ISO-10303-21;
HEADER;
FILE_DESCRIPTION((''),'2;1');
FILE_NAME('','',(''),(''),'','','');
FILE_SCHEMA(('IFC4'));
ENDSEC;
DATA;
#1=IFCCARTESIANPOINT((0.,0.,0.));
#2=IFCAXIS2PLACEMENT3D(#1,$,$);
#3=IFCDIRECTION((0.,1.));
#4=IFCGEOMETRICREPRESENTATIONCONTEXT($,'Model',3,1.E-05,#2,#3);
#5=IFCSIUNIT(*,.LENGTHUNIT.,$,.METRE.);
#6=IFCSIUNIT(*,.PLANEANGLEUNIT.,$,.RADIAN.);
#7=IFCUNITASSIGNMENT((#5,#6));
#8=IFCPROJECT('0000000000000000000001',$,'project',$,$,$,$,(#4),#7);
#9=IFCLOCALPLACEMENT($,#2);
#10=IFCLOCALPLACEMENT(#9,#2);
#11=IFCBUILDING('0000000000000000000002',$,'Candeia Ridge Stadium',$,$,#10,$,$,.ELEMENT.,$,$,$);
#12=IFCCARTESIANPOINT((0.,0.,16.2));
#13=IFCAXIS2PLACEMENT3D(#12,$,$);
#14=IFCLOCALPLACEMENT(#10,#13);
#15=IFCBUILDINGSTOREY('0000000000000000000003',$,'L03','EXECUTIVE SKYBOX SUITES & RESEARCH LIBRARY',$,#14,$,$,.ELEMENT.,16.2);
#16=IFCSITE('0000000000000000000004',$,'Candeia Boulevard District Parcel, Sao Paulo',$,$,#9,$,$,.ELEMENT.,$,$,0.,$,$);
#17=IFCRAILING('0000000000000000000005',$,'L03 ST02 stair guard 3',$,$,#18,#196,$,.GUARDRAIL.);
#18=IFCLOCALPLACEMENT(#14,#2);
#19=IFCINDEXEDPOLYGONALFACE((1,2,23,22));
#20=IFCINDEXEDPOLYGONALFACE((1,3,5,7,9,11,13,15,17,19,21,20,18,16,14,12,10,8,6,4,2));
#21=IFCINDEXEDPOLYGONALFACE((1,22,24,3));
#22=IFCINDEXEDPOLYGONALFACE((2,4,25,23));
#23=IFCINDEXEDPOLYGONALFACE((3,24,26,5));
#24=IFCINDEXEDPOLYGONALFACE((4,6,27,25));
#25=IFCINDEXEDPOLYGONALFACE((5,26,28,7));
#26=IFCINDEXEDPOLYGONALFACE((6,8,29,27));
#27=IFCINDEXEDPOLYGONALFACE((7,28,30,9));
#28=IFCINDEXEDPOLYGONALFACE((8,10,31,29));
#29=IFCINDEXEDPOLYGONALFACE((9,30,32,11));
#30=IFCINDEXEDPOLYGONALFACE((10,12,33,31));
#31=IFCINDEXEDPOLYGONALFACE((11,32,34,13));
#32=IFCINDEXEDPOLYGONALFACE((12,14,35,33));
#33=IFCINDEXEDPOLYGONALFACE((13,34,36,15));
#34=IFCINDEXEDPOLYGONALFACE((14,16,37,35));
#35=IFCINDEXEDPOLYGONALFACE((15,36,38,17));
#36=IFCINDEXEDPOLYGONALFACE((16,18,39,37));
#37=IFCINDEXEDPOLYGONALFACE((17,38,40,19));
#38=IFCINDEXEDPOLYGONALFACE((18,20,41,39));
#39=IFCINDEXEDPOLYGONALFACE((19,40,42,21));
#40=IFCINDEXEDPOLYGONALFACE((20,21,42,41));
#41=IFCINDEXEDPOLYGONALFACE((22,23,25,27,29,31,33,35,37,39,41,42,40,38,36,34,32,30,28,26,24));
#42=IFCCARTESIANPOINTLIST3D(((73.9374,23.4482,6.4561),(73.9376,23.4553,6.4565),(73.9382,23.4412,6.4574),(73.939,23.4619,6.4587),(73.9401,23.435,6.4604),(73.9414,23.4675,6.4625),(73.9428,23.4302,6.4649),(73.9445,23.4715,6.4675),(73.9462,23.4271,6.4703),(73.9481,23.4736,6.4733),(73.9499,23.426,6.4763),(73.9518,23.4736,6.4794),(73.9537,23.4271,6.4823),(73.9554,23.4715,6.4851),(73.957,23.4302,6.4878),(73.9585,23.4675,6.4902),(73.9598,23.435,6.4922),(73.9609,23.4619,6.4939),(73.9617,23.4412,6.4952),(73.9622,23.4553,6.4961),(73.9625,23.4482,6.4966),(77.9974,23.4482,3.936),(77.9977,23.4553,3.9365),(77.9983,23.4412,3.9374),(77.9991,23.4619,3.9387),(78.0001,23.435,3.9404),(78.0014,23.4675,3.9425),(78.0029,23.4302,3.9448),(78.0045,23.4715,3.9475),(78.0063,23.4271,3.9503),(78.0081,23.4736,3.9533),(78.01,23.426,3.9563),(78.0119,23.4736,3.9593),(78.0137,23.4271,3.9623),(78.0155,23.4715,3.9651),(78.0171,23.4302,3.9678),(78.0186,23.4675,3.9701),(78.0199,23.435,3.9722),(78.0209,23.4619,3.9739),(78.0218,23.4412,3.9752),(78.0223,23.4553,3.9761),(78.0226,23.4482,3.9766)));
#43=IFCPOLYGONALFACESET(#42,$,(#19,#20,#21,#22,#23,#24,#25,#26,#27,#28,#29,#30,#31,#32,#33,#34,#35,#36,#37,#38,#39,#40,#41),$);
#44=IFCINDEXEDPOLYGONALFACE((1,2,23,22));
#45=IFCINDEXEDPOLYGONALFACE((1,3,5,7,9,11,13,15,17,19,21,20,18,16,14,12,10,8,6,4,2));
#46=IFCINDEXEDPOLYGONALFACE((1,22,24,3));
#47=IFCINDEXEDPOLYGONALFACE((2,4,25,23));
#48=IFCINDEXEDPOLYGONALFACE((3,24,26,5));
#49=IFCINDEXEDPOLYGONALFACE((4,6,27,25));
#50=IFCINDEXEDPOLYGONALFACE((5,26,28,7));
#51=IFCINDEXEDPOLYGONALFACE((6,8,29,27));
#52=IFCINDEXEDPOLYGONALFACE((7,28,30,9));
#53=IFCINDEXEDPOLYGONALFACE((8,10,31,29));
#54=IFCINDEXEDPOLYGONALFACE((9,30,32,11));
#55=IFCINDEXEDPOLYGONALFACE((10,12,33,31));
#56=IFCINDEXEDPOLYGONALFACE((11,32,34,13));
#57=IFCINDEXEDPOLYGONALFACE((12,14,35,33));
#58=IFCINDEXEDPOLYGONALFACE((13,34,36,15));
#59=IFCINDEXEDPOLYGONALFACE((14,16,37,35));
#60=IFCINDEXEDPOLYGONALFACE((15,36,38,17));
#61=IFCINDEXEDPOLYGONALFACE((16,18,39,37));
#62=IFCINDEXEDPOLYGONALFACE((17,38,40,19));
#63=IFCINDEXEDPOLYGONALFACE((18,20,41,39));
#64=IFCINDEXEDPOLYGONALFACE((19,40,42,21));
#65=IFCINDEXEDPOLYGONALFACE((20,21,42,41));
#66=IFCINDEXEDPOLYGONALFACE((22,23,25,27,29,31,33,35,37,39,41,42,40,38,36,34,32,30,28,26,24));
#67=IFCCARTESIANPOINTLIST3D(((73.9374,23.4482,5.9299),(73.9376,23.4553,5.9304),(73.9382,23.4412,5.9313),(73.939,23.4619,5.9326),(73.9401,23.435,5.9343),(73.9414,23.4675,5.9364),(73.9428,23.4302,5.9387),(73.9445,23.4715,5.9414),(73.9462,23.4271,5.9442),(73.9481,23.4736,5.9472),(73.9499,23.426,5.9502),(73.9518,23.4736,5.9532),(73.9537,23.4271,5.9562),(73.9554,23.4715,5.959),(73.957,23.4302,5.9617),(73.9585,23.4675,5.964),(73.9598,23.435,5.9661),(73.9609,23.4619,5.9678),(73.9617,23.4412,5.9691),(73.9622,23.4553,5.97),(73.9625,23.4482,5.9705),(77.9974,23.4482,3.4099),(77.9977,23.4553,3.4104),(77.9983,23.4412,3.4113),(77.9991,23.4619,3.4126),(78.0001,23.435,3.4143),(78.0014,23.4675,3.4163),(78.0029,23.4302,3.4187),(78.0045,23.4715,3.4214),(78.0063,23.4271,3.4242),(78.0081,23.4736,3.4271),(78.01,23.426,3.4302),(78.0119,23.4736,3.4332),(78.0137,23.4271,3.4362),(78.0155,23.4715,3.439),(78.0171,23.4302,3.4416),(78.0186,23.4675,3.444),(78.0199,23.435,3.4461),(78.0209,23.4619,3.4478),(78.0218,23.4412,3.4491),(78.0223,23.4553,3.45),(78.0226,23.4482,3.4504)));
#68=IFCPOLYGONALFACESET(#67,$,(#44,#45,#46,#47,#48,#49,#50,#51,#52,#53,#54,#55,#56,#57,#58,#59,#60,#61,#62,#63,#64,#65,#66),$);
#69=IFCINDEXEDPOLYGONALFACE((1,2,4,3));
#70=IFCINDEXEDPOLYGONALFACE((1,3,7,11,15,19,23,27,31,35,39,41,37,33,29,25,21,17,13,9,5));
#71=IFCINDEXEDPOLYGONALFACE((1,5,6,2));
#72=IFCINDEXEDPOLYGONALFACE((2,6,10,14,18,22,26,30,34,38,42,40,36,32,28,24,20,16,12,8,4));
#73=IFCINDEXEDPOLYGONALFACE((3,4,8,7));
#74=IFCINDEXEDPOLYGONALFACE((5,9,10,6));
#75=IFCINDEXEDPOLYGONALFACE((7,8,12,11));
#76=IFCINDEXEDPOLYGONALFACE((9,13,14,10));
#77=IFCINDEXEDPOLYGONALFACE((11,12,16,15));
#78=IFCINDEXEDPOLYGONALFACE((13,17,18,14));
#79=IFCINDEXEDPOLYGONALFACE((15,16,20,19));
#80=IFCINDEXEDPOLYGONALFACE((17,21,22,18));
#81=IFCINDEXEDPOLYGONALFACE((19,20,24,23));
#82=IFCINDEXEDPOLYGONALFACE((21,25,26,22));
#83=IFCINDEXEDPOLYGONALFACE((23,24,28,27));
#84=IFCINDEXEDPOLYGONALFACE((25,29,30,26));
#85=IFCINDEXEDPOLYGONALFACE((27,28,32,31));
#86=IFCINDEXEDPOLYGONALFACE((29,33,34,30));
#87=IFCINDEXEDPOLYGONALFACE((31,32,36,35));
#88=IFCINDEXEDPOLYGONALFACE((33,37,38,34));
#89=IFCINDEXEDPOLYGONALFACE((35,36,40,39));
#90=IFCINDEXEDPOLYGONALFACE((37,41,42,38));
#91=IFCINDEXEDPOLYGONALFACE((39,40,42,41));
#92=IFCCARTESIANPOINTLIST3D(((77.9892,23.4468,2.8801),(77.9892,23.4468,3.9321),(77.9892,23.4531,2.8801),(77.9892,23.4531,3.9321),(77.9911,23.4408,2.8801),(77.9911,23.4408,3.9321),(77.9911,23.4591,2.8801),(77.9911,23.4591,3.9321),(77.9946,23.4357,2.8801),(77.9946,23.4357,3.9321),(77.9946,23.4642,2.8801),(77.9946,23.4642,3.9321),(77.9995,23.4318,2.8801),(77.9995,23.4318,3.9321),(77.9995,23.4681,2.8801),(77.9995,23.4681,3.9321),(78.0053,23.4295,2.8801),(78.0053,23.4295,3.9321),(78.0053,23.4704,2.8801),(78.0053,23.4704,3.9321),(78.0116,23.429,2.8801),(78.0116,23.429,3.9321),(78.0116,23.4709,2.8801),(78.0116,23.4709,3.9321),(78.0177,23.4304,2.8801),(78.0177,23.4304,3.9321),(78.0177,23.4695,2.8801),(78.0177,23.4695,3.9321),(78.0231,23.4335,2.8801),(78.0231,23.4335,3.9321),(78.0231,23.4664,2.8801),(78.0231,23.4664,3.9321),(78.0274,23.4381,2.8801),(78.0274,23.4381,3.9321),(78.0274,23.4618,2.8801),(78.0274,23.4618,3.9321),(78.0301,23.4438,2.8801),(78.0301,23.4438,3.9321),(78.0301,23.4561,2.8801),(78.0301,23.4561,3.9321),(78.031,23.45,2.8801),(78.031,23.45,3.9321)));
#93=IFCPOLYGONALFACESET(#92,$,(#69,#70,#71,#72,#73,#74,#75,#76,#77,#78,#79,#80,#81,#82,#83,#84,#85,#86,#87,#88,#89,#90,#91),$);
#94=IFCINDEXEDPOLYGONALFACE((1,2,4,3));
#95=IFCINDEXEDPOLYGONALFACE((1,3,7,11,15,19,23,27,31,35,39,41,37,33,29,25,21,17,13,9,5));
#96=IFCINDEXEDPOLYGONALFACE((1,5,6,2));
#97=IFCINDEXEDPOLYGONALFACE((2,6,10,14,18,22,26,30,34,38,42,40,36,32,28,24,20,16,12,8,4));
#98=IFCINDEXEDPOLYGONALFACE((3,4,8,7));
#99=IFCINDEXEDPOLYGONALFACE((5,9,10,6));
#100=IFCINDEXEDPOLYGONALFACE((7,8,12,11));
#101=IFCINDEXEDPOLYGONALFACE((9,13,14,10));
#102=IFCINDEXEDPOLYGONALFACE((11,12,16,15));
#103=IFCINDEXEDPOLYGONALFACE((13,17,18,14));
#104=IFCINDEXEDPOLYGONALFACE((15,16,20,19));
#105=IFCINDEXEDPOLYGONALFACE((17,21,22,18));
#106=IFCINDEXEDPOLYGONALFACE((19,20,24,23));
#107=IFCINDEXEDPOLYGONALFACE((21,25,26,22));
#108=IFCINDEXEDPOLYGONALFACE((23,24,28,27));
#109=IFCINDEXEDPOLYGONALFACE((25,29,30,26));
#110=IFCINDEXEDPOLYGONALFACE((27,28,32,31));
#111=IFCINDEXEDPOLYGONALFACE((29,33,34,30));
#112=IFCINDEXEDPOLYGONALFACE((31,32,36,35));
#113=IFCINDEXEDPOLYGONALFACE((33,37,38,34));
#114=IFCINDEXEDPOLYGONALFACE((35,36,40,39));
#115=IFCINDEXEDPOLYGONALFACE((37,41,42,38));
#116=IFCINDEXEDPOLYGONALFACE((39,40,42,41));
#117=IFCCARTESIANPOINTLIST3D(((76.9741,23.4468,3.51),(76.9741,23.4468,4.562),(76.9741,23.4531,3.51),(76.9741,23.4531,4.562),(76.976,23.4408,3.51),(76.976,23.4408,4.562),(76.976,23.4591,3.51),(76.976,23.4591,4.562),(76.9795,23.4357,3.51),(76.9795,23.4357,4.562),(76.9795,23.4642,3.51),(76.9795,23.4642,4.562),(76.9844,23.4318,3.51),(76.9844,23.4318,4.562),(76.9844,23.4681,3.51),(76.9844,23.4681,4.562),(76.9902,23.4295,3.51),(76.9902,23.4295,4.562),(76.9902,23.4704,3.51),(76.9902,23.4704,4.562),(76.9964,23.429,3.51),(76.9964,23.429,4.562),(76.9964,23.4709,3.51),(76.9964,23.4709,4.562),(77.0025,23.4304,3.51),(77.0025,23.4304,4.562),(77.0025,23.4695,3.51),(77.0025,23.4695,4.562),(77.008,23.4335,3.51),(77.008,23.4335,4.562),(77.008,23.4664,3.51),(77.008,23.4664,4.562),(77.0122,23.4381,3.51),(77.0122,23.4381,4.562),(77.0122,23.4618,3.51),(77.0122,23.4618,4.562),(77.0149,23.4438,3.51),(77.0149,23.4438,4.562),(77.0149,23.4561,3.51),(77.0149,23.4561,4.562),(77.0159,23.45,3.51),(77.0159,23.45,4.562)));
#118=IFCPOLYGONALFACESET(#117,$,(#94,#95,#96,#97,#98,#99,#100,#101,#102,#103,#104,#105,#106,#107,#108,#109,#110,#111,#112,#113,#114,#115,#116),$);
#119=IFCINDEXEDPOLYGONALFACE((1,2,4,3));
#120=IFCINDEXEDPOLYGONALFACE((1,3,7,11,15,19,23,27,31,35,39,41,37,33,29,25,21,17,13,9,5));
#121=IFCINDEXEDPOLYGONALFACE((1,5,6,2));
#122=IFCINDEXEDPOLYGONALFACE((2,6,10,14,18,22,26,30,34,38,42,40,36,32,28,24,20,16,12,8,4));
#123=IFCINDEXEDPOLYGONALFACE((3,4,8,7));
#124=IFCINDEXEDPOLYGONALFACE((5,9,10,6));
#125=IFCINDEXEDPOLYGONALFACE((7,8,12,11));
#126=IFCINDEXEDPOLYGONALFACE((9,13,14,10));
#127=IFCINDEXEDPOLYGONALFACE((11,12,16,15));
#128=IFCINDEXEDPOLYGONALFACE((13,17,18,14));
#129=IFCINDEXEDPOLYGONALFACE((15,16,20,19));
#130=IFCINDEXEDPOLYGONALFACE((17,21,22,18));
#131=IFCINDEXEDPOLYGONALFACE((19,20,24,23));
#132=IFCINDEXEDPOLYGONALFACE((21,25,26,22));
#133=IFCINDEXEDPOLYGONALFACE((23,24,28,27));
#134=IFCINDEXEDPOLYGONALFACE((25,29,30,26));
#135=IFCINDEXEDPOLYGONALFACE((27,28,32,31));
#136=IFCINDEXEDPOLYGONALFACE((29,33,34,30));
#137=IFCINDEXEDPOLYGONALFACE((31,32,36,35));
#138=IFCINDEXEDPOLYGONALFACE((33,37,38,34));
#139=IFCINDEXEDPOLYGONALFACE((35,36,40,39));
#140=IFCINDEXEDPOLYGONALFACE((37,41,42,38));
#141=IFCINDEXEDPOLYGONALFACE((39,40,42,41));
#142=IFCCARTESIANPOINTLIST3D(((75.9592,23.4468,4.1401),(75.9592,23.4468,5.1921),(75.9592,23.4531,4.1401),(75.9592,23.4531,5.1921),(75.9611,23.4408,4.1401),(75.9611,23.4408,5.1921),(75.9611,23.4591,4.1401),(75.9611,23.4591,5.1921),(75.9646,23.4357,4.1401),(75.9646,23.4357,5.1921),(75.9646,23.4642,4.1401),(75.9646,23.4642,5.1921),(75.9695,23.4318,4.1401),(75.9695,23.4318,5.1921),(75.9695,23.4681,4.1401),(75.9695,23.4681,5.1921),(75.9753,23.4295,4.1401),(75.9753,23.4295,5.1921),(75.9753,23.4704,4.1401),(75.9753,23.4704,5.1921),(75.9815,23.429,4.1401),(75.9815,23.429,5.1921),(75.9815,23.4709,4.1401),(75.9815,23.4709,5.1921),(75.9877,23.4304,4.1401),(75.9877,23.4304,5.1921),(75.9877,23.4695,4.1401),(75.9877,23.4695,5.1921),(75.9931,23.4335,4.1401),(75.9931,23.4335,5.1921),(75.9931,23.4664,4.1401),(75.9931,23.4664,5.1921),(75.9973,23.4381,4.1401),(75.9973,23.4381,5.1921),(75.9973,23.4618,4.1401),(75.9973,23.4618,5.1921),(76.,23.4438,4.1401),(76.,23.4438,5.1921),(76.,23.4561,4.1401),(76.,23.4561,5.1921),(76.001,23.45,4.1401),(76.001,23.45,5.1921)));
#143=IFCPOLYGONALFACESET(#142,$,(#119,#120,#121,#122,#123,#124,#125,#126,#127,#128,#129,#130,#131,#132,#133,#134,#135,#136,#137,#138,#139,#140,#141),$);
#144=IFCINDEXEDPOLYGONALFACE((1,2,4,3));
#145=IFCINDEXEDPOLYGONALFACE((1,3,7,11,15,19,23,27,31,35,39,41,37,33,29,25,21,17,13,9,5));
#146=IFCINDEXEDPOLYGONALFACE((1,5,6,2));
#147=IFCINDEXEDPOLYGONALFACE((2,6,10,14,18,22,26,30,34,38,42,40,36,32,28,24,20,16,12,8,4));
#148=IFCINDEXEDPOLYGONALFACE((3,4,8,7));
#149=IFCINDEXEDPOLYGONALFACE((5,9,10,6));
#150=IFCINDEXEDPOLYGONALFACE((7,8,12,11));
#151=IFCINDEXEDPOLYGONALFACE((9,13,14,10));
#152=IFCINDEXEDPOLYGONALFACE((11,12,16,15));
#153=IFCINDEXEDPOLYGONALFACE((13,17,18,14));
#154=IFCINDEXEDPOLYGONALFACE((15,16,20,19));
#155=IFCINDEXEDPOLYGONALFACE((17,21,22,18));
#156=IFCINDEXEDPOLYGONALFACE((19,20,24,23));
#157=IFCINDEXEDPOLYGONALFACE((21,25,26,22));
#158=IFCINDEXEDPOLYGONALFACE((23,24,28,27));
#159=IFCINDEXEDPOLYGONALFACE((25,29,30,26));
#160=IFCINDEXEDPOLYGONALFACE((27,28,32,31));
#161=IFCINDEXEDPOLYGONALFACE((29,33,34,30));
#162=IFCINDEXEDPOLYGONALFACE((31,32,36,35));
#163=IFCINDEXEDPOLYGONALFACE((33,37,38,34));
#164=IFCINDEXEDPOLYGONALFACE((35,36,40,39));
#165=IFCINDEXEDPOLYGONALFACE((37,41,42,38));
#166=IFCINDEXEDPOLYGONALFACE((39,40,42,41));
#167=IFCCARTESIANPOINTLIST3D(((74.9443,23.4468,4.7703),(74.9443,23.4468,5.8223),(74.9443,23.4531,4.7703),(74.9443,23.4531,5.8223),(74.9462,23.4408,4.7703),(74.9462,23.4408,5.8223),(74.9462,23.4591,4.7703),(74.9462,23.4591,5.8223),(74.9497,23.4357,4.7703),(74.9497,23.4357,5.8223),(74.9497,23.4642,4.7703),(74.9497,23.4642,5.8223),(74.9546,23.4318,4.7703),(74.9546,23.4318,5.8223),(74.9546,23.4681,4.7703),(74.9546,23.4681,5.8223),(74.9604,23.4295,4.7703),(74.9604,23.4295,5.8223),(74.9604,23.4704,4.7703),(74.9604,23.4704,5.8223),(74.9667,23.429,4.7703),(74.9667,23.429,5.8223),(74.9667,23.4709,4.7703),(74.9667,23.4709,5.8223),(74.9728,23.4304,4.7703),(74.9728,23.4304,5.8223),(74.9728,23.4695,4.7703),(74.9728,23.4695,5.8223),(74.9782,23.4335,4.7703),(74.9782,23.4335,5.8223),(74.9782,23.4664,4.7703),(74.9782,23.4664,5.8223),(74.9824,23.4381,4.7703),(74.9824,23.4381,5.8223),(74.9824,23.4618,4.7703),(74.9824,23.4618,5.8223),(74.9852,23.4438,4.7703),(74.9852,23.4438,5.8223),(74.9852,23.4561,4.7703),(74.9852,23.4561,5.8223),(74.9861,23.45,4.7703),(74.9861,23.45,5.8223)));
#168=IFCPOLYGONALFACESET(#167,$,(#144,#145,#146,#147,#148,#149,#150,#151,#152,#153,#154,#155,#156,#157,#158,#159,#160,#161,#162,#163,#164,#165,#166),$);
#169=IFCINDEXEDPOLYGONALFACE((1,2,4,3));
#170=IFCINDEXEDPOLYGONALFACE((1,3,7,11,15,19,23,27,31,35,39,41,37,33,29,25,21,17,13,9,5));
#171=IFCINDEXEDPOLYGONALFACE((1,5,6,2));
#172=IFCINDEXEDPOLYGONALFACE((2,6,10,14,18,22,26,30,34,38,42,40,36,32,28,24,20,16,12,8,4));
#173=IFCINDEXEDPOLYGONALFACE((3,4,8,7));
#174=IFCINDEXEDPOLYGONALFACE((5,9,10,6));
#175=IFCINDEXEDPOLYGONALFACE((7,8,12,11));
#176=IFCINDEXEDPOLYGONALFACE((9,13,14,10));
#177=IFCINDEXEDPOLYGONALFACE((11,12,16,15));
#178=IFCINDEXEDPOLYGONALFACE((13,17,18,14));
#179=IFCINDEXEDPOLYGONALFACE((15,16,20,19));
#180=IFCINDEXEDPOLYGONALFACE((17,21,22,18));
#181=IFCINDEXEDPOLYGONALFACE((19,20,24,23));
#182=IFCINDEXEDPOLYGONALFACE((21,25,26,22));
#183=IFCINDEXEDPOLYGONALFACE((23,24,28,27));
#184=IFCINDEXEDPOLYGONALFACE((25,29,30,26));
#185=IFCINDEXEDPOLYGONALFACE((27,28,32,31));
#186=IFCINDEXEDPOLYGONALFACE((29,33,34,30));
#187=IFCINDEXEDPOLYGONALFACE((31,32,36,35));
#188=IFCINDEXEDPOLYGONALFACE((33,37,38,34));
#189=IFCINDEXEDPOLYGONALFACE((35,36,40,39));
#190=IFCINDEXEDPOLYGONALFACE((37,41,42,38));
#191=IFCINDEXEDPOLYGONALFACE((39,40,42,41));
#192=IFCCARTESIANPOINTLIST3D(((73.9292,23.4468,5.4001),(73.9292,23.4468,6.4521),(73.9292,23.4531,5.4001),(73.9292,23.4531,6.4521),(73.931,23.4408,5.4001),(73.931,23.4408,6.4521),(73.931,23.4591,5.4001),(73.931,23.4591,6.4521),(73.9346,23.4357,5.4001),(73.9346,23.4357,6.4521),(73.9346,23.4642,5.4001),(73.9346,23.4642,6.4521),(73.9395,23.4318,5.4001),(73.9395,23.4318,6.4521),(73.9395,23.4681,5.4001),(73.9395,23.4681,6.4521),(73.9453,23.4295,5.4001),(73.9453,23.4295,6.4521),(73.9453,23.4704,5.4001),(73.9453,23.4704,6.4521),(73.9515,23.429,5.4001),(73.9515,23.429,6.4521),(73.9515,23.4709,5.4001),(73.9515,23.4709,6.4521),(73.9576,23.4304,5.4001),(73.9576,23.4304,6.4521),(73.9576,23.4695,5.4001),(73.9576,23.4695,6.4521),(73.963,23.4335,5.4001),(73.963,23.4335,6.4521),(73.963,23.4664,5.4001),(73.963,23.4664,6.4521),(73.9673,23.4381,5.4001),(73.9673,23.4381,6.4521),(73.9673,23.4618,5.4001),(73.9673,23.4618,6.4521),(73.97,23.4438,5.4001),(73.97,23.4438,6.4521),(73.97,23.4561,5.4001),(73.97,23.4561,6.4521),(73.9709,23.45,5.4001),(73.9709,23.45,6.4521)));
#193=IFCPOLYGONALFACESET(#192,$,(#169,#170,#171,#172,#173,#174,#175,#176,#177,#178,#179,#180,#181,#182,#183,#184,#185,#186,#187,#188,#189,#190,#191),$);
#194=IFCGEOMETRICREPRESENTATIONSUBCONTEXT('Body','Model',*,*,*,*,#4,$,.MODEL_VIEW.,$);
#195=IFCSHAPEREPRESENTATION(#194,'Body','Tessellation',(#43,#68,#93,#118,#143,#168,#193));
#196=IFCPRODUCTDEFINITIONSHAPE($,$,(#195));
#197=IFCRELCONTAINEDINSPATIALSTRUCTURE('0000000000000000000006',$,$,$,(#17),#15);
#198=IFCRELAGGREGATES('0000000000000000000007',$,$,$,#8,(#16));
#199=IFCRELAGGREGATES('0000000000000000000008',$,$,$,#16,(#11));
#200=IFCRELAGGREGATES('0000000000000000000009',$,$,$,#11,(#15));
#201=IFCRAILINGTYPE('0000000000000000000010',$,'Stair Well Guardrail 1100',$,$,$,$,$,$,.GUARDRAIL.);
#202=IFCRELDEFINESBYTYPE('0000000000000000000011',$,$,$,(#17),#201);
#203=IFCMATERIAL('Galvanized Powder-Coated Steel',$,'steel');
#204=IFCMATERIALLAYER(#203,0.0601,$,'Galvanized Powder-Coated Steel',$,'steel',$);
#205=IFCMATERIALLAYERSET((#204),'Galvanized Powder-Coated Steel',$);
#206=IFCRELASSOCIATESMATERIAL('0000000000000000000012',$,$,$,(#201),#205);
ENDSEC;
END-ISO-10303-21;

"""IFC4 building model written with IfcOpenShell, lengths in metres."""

from ifc_helpers import new_model, si_unit, direction, frame, origin, origin_2d, place, context, subcontext, project, spatial, circle, extrude, material, layer, layer_set, type_object, element, save


model = new_model("IFC4")

# Units and contexts
model_context = context("Model", 3, precision=1e-05, world=origin(), true_north=direction((0.0, 1.0)))
body_context = subcontext(model_context, "Body", "Model", "MODEL_VIEW")
ifc_project = project(units=[si_unit("LENGTHUNIT", "METRE"), si_unit("PLANEANGLEUNIT", "RADIAN")], contexts=[model_context])

# Site, building, storey
site_placement = place(None, origin())
site = spatial("IfcSite", under=ifc_project, at=site_placement, Name="Candeia Boulevard District Parcel, Sao Paulo", CompositionType="ELEMENT", RefElevation=0.0)
building_placement = place(site_placement, origin())
building = spatial("IfcBuilding", under=site, at=building_placement, Name="Candeia Ridge Stadium", CompositionType="ELEMENT")
storey_placement = place(building_placement, frame((0.0, 0.0, 16.2)))
storey = spatial("IfcBuildingStorey", under=building, at=storey_placement, Name="L03", Description="EXECUTIVE SKYBOX SUITES & RESEARCH LIBRARY", CompositionType="ELEMENT", Elevation=16.2)

# Railing
ifc_material_1 = material(Name="Galvanized Powder-Coated Steel", Category="steel")
ifc_layer_1 = layer(ifc_material_1, 0.0601, Name="Galvanized Powder-Coated Steel", Category="steel")
ifc_layer_set_1 = layer_set([ifc_layer_1], Name="Galvanized Powder-Coated Steel")
railing_type_1 = type_object("IfcRailingType", Name="Stair Well Guardrail 1100", PredefinedType="GUARDRAIL", material=ifc_layer_set_1)
railing_1_placement = place(storey_placement, frame((78.01, 23.45, 2.8801)))
element("IfcRailing", 1, at=railing_1_placement, inside=storey, type_object=railing_type_1, Name="L03 ST02 stair guard 3", PredefinedType="GUARDRAIL", context=body_context, shape_type="SweptSolid", body=[
    extrude(circle(Radius=0.0239, at=origin_2d()), frame((0.0, 0.0, 1.0762), z_axis=(-0.849642, 0.0, 0.52736), x_axis=(0.0, -1.0, 0.0)), (0.0, 0.0, 1.0), 4.7786),
    extrude(circle(Radius=0.0239, at=origin_2d()), frame((0.0, 0.0, 0.55), z_axis=(-0.849642, 0.0, 0.52736), x_axis=(0.0, -1.0, 0.0)), (0.0, 0.0, 1.0), 4.7786),
    extrude(circle(Radius=0.021, at=origin_2d()), origin(), (0.0, 0.0, 1.0), 1.052),
    extrude(circle(Radius=0.021, at=origin_2d()), frame((-1.0151, 0.0, 0.6299)), (0.0, 0.0, 1.0), 1.052),
    extrude(circle(Radius=0.021, at=origin_2d()), frame((-2.03, 0.0, 1.26)), (0.0, 0.0, 1.0), 1.052),
    extrude(circle(Radius=0.021, at=origin_2d()), frame((-3.0449, 0.0, 1.8901)), (0.0, 0.0, 1.0), 1.052),
    extrude(circle(Radius=0.021, at=origin_2d()), frame((-4.0601, 0.0, 2.52)), (0.0, 0.0, 1.0), 1.052),
])

save(model, "model.ifc")
